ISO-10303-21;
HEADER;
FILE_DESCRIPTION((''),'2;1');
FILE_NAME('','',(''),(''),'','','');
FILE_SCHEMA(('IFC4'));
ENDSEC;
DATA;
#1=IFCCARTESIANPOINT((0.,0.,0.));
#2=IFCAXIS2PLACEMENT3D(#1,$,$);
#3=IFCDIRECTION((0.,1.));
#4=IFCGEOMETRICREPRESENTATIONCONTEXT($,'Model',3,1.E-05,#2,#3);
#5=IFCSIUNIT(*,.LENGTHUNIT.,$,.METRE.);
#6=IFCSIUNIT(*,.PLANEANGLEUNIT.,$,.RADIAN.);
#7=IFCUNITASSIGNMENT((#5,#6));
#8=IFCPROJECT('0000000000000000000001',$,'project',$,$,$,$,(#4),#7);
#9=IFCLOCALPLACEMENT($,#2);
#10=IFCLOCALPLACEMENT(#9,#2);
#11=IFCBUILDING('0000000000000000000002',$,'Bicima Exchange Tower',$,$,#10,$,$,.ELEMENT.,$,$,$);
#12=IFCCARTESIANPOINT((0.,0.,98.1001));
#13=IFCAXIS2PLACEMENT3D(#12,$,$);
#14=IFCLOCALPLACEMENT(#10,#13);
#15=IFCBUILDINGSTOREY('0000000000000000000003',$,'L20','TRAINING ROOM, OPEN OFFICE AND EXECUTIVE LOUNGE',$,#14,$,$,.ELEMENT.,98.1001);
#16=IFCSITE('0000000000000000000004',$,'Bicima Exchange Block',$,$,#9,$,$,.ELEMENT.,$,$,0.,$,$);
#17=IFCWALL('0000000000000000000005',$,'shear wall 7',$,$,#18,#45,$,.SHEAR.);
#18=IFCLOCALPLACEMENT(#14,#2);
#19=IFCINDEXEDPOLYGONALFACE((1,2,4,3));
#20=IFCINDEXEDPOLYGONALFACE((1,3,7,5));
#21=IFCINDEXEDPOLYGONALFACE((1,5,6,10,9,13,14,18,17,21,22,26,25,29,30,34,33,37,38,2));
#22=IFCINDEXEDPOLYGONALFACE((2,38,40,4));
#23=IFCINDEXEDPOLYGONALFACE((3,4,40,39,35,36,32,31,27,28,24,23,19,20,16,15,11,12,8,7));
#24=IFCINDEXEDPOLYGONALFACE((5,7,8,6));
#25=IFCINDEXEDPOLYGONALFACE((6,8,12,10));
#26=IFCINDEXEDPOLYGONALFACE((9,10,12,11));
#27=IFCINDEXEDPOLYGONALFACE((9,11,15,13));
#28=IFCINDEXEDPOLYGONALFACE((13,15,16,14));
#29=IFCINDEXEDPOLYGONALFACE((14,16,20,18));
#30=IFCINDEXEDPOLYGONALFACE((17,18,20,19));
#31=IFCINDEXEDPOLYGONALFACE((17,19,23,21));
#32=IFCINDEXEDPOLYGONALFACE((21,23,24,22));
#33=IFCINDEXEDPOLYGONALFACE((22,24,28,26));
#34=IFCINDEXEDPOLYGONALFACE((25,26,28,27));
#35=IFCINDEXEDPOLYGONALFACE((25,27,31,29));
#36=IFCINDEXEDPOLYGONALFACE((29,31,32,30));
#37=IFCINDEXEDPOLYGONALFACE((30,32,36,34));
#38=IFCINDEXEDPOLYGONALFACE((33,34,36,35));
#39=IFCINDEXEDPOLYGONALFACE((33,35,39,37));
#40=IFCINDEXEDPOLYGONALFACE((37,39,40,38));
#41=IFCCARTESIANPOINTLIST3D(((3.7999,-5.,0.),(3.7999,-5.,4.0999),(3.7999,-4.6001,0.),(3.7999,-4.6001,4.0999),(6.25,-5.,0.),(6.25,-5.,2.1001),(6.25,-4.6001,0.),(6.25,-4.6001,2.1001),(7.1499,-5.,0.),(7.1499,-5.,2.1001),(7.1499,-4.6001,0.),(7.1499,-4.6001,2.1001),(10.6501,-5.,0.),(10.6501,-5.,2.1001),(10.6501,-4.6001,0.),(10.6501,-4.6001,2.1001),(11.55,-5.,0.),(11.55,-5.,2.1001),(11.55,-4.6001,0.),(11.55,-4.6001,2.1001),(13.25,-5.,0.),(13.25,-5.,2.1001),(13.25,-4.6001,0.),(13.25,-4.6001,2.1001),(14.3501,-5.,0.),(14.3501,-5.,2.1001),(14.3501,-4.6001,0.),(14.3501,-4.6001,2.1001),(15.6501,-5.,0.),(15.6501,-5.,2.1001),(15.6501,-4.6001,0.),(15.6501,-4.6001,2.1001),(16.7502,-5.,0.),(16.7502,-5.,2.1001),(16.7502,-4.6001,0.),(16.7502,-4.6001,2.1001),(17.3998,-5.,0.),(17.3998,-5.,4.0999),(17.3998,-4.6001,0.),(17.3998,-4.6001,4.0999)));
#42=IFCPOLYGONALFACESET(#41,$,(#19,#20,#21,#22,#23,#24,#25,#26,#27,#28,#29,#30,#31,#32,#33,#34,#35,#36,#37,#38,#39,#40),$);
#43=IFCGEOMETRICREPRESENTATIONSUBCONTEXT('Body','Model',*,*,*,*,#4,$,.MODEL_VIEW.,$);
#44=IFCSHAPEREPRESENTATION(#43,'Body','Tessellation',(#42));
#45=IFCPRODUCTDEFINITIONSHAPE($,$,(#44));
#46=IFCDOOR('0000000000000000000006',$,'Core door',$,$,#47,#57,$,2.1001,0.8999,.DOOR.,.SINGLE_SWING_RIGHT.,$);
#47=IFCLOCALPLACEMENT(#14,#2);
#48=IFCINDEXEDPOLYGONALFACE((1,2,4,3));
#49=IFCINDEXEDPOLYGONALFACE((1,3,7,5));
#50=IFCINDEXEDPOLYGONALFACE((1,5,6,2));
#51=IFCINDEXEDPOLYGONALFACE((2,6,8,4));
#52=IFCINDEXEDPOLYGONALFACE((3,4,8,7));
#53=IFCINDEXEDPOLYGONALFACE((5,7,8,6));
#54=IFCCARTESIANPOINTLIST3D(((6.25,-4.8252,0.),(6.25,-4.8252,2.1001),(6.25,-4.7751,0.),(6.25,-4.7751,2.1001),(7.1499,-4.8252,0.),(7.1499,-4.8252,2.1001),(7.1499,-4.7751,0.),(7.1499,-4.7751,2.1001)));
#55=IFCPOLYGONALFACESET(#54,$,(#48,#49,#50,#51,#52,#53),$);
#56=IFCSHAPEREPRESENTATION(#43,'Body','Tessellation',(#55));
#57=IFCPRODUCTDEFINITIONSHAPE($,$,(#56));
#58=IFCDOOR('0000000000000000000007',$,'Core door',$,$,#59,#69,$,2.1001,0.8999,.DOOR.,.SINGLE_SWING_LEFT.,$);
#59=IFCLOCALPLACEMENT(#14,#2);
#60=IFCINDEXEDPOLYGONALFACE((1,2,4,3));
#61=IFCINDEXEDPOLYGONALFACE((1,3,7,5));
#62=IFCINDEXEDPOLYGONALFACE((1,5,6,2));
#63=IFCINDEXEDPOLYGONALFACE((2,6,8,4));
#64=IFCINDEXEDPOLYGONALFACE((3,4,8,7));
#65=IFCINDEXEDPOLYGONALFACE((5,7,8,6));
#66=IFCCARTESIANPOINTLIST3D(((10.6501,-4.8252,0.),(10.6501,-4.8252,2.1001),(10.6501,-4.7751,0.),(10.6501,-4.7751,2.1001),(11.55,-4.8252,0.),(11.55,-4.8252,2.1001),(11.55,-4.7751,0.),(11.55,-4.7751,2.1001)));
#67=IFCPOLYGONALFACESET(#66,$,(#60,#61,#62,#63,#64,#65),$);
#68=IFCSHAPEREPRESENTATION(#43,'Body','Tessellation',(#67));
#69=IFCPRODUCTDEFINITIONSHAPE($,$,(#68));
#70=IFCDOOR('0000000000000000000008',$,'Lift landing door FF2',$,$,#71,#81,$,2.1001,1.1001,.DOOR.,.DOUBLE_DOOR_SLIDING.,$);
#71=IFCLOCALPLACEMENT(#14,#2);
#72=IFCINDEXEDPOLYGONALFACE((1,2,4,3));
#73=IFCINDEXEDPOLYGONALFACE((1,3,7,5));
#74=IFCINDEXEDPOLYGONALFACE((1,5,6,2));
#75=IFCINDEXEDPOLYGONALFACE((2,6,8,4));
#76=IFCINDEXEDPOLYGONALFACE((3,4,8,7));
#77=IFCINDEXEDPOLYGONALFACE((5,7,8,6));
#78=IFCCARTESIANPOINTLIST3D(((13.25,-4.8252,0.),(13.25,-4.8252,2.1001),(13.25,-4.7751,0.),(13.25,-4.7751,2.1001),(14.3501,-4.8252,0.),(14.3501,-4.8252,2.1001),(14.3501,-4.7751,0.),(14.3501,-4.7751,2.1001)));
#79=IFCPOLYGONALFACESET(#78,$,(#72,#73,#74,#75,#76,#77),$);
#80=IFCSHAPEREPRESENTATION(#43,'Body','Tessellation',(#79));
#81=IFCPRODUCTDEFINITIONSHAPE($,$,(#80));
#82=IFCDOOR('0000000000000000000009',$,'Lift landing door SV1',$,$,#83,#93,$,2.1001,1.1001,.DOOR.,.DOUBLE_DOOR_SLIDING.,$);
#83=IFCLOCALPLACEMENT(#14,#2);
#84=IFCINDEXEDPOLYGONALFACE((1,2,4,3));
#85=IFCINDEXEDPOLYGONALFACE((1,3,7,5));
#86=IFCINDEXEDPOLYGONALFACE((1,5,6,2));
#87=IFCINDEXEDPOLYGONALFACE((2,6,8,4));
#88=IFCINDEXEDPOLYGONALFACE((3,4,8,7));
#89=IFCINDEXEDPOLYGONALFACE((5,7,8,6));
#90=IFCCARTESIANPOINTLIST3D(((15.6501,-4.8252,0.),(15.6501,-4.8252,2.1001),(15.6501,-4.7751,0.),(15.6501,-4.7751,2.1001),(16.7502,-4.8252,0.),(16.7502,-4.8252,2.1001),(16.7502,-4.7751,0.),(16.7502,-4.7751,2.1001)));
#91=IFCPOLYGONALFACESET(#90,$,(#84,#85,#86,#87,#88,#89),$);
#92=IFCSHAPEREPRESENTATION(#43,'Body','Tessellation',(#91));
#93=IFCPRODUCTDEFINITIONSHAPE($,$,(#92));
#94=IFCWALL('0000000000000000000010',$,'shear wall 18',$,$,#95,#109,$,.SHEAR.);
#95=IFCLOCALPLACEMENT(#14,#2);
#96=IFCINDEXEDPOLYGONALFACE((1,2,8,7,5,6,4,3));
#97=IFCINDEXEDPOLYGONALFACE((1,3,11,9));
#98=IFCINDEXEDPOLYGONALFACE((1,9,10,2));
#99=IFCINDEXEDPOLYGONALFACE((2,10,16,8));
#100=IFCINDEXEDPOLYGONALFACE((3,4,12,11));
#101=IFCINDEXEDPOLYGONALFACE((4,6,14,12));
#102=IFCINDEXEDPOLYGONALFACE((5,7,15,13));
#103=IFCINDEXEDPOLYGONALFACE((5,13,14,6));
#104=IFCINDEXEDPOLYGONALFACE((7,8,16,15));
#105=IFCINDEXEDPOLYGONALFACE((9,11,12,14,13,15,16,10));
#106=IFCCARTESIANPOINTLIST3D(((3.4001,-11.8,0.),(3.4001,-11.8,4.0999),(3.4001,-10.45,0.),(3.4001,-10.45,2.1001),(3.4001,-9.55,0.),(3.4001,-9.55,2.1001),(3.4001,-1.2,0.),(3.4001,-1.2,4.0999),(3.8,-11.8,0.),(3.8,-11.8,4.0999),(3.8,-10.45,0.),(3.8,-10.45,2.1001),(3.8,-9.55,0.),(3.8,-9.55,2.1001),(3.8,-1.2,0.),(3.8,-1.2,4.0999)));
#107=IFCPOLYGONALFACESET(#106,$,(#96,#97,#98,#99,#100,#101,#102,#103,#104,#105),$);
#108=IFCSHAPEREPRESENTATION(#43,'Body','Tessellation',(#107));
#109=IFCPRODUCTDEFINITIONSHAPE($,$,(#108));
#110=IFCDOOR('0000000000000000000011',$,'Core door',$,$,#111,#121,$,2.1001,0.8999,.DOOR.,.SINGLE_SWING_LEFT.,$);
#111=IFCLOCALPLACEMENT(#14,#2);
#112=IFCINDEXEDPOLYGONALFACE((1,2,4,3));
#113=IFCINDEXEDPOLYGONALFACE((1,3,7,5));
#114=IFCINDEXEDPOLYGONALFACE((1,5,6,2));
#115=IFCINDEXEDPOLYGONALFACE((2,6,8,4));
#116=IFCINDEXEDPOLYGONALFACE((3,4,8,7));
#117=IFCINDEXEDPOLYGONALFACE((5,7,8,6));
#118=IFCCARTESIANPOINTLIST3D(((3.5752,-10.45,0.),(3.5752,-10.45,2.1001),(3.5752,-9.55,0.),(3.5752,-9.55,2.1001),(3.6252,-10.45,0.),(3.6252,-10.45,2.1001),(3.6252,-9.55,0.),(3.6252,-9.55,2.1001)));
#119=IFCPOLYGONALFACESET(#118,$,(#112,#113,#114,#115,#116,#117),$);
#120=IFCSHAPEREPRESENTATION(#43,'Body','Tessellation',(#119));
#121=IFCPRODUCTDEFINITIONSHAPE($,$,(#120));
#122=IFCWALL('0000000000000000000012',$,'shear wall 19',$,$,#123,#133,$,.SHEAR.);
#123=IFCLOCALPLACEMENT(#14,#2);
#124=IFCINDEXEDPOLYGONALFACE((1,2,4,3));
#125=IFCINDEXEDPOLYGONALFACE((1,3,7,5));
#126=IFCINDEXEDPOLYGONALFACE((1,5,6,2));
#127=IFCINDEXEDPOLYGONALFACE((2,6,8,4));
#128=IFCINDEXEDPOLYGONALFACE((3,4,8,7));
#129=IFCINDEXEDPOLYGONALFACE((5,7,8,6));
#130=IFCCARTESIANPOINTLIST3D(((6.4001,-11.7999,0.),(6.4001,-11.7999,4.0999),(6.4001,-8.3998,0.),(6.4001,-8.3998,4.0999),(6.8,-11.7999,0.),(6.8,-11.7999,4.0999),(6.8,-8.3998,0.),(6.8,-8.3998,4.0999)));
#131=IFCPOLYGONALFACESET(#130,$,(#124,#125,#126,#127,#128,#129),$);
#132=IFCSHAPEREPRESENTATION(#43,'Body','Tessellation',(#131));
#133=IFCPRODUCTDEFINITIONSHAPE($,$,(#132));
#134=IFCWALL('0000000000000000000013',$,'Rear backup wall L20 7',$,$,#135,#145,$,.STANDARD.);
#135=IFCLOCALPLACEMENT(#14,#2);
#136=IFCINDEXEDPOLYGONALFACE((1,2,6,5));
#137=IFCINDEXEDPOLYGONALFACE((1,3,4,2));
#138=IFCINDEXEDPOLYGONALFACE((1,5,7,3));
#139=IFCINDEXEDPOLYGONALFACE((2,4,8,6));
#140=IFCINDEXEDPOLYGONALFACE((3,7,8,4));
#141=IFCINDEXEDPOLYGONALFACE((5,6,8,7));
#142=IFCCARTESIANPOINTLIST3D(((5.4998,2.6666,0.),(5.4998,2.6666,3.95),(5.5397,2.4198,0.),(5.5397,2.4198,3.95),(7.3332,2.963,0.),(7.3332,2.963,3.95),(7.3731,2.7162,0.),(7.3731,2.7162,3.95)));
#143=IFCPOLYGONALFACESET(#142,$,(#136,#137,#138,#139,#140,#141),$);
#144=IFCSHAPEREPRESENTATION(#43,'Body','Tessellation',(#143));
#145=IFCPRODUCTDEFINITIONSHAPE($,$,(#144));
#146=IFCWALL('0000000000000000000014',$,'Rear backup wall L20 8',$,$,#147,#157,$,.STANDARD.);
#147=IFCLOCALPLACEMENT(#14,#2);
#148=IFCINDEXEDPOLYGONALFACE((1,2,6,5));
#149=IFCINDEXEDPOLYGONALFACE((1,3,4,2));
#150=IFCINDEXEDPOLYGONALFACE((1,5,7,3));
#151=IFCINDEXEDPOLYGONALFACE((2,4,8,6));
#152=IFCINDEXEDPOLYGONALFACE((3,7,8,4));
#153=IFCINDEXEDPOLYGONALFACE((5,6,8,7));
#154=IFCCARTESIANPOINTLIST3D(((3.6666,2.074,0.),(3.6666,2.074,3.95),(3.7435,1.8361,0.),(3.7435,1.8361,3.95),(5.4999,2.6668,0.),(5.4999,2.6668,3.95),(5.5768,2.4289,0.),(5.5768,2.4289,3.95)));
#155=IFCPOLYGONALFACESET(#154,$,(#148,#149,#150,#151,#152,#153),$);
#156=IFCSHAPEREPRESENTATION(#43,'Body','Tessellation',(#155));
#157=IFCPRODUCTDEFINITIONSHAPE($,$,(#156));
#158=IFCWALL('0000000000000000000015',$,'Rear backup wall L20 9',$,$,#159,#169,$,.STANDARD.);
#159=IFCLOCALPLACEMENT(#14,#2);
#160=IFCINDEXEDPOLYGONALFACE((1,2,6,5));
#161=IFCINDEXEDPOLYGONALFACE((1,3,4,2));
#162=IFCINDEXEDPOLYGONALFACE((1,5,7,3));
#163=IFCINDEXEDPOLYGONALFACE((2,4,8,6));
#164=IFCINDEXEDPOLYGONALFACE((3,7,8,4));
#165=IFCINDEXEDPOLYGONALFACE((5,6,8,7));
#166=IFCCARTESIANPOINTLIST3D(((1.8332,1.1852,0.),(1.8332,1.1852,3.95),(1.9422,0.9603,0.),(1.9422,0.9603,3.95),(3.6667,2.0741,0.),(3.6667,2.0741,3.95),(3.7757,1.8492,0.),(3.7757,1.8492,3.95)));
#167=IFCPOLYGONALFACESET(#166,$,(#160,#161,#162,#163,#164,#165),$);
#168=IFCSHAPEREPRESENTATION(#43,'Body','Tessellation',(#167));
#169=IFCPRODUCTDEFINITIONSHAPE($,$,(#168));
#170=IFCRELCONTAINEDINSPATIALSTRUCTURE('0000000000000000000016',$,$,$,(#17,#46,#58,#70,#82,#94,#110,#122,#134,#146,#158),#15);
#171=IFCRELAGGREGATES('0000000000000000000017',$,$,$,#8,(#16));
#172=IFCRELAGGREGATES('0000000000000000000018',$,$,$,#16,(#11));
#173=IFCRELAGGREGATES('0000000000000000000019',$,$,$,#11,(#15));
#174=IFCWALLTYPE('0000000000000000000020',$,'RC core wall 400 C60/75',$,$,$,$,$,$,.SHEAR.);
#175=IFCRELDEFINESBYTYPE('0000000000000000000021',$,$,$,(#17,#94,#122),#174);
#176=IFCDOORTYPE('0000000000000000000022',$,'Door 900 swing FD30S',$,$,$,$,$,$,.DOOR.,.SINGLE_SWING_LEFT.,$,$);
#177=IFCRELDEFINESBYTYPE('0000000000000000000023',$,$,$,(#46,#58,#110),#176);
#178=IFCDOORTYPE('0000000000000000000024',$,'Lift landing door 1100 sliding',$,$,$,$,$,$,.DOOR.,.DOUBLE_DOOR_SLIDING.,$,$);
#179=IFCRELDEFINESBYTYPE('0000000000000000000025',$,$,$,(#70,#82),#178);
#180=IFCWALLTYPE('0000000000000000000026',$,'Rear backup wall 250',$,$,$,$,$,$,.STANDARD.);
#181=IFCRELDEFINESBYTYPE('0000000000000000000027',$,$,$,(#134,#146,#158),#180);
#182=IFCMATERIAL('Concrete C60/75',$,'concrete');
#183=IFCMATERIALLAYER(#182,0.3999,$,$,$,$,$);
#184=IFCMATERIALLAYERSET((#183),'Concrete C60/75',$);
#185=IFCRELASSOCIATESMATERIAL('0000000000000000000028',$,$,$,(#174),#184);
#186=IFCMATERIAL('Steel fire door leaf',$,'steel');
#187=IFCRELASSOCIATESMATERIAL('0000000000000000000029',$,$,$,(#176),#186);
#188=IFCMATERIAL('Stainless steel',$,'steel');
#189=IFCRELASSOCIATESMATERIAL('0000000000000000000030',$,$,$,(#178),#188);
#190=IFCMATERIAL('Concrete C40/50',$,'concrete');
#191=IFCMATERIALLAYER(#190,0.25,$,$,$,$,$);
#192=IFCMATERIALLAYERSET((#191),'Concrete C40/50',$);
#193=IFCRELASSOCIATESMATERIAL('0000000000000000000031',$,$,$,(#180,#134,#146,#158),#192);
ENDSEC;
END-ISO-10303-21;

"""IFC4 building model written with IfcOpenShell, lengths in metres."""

from ifc_helpers import new_model, si_unit, direction, frame, frame_2d, origin, place, context, subcontext, project, spatial, rectangle, extrude, material, layer, layer_set, layer_usage, type_object, element, fill, save


model = new_model("IFC4")

# Units and contexts
model_context = context("Model", 3, precision=1e-05, world=origin(), true_north=direction((0.0, 1.0)))
body_context = subcontext(model_context, "Body", "Model", "MODEL_VIEW")
ifc_project = project(units=[si_unit("LENGTHUNIT", "METRE"), si_unit("PLANEANGLEUNIT", "RADIAN")], contexts=[model_context])

# Site, building, storey
site_placement = place(None, origin())
site = spatial("IfcSite", under=ifc_project, at=site_placement, Name="Bicima Exchange Block", CompositionType="ELEMENT", RefElevation=0.0)
building_placement = place(site_placement, origin())
building = spatial("IfcBuilding", under=site, at=building_placement, Name="Bicima Exchange Tower", CompositionType="ELEMENT")
storey_placement = place(building_placement, frame((0.0, 0.0, 98.1001)))
storey = spatial("IfcBuildingStorey", under=building, at=storey_placement, Name="L20", Description="TRAINING ROOM, OPEN OFFICE AND EXECUTIVE LOUNGE", CompositionType="ELEMENT", Elevation=98.1001)

# Shared definitions
ifc_material_1 = material(Name="Concrete C60/75", Category="concrete")
ifc_layer_1 = layer(ifc_material_1, 0.3999)
ifc_layer_set_1 = layer_set([ifc_layer_1], Name="Concrete C60/75")
wall_type_1 = type_object("IfcWallType", Name="RC core wall 400 C60/75", PredefinedType="SHEAR", material=ifc_layer_set_1)
ifc_material_2 = material(Name="Steel fire door leaf", Category="steel")
door_type_1 = type_object("IfcDoorType", Name="Door 900 swing FD30S", OperationType="SINGLE_SWING_LEFT", PredefinedType="DOOR", material=ifc_material_2)

# Wall, openings, doors
wall_1_placement = place(storey_placement, frame((3.8, -4.8, 0.0), z_axis=(0.0, 0.0, 1.0), x_axis=(1.0, 0.0, 0.0)))
wall_1 = element("IfcWall", 1, at=wall_1_placement, inside=storey, type_object=wall_type_1, Name="shear wall 7", PredefinedType="SHEAR", context=body_context, shape_type="SweptSolid", body=[
    extrude(rectangle(XDim=13.5999, YDim=0.3999, at=frame_2d((6.7998, 0.0))), origin(), (0.0, 0.0, 1.0), 4.0999),
])
opening_1_placement = place(wall_1_placement, frame((9.45, 0.0, 0.0)))
opening_1 = element("IfcOpeningElement", 2, at=opening_1_placement, cuts=wall_1, PredefinedType="OPENING", context=body_context, shape_type="SweptSolid", body=[
    extrude(rectangle(XDim=1.1001, YDim=2.1001, at=frame_2d((0.55, 1.05))), frame((0.0, 0.2119, 0.0), z_axis=(0.0, -1.0, 0.0), x_axis=(1.0, 0.0, 0.0)), (0.0, 0.0, 1.0), 0.4238),
])
opening_2_placement = place(wall_1_placement, frame((11.8501, 0.0, 0.0)))
opening_2 = element("IfcOpeningElement", 3, at=opening_2_placement, cuts=wall_1, PredefinedType="OPENING", context=body_context, shape_type="SweptSolid", body=[
    extrude(rectangle(XDim=1.1001, YDim=2.1001, at=frame_2d((0.55, 1.05))), frame((0.0, 0.2119, 0.0), z_axis=(0.0, -1.0, 0.0), x_axis=(1.0, 0.0, 0.0)), (0.0, 0.0, 1.0), 0.4238),
])
opening_3_placement = place(wall_1_placement, frame((2.45, 0.0, 0.0)))
opening_3 = element("IfcOpeningElement", 4, at=opening_3_placement, cuts=wall_1, PredefinedType="OPENING", context=body_context, shape_type="SweptSolid", body=[
    extrude(rectangle(XDim=0.8999, YDim=2.1001, at=frame_2d((0.45, 1.05))), frame((0.0, 0.2119, 0.0), z_axis=(0.0, -1.0, 0.0), x_axis=(1.0, 0.0, 0.0)), (0.0, 0.0, 1.0), 0.4238),
])
opening_4_placement = place(wall_1_placement, frame((6.8501, 0.0, 0.0)))
opening_4 = element("IfcOpeningElement", 5, at=opening_4_placement, cuts=wall_1, PredefinedType="OPENING", context=body_context, shape_type="SweptSolid", body=[
    extrude(rectangle(XDim=0.8999, YDim=2.1001, at=frame_2d((0.45, 1.05))), frame((0.0, 0.2119, 0.0), z_axis=(0.0, -1.0, 0.0), x_axis=(1.0, 0.0, 0.0)), (0.0, 0.0, 1.0), 0.4238),
])
door_1_placement = place(opening_3_placement, origin())
door_1 = element("IfcDoor", 6, at=door_1_placement, inside=storey, type_object=door_type_1, Name="Core door", OperationType="SINGLE_SWING_RIGHT", OverallHeight=2.1001, OverallWidth=0.8999, PredefinedType="DOOR", context=body_context, shape_type="SweptSolid", body=[
    extrude(rectangle(XDim=0.8999, YDim=2.1001, at=frame_2d((0.45, 1.05))), frame((0.0, 0.0249, 0.0), z_axis=(0.0, -1.0, 0.0), x_axis=(1.0, 0.0, 0.0)), (0.0, 0.0, 1.0), 0.05),
])
fill(opening_3, door_1)
door_2_placement = place(opening_4_placement, origin())
door_2 = element("IfcDoor", 7, at=door_2_placement, inside=storey, type_object=door_type_1, Name="Core door", OperationType="SINGLE_SWING_LEFT", OverallHeight=2.1001, OverallWidth=0.8999, PredefinedType="DOOR", context=body_context, shape_type="SweptSolid", body=[
    extrude(rectangle(XDim=0.8999, YDim=2.1001, at=frame_2d((0.45, 1.05))), frame((0.0, 0.0249, 0.0), z_axis=(0.0, -1.0, 0.0), x_axis=(1.0, 0.0, 0.0)), (0.0, 0.0, 1.0), 0.05),
])
fill(opening_4, door_2)
ifc_material_3 = material(Name="Stainless steel", Category="steel")
door_type_2 = type_object("IfcDoorType", Name="Lift landing door 1100 sliding", OperationType="DOUBLE_DOOR_SLIDING", PredefinedType="DOOR", material=ifc_material_3)
door_3_placement = place(opening_1_placement, origin())
door_3 = element("IfcDoor", 8, at=door_3_placement, inside=storey, type_object=door_type_2, Name="Lift landing door FF2", OperationType="DOUBLE_DOOR_SLIDING", OverallHeight=2.1001, OverallWidth=1.1001, PredefinedType="DOOR", context=body_context, shape_type="SweptSolid", body=[
    extrude(rectangle(XDim=1.1001, YDim=2.1001, at=frame_2d((0.55, 1.05))), frame((0.0, 0.0249, 0.0), z_axis=(0.0, -1.0, 0.0), x_axis=(1.0, 0.0, 0.0)), (0.0, 0.0, 1.0), 0.05),
])
fill(opening_1, door_3)
door_4_placement = place(opening_2_placement, origin())
door_4 = element("IfcDoor", 9, at=door_4_placement, inside=storey, type_object=door_type_2, Name="Lift landing door SV1", OperationType="DOUBLE_DOOR_SLIDING", OverallHeight=2.1001, OverallWidth=1.1001, PredefinedType="DOOR", context=body_context, shape_type="SweptSolid", body=[
    extrude(rectangle(XDim=1.1001, YDim=2.1001, at=frame_2d((0.55, 1.05))), frame((0.0, 0.0249, 0.0), z_axis=(0.0, -1.0, 0.0), x_axis=(1.0, 0.0, 0.0)), (0.0, 0.0, 1.0), 0.05),
])
fill(opening_2, door_4)

# Wall, opening, door
wall_2_placement = place(storey_placement, frame((3.6001, -11.8, 0.0), z_axis=(0.0, 0.0, 1.0), x_axis=(0.0, 1.0, 0.0)))
wall_2 = element("IfcWall", 10, at=wall_2_placement, inside=storey, type_object=wall_type_1, Name="shear wall 18", PredefinedType="SHEAR", context=body_context, shape_type="SweptSolid", body=[
    extrude(rectangle(XDim=10.6001, YDim=0.3999, at=frame_2d((5.3, 0.0))), origin(), (0.0, 0.0, 1.0), 4.0999),
])
opening_5_placement = place(wall_2_placement, frame((1.3501, 0.0, 0.0)))
opening_5 = element("IfcOpeningElement", 11, at=opening_5_placement, cuts=wall_2, PredefinedType="OPENING", context=body_context, shape_type="SweptSolid", body=[
    extrude(rectangle(XDim=0.8999, YDim=2.1001, at=frame_2d((0.45, 1.05))), frame((0.0, 0.2119, 0.0), z_axis=(0.0, -1.0, 0.0), x_axis=(1.0, 0.0, 0.0)), (0.0, 0.0, 1.0), 0.4238),
])
door_5_placement = place(opening_5_placement, origin())
door_5 = element("IfcDoor", 12, at=door_5_placement, inside=storey, type_object=door_type_1, Name="Core door", OperationType="SINGLE_SWING_LEFT", OverallHeight=2.1001, OverallWidth=0.8999, PredefinedType="DOOR", context=body_context, shape_type="SweptSolid", body=[
    extrude(rectangle(XDim=0.8999, YDim=2.1001, at=frame_2d((0.45, 1.05))), frame((0.0, 0.0249, 0.0), z_axis=(0.0, -1.0, 0.0), x_axis=(1.0, 0.0, 0.0)), (0.0, 0.0, 1.0), 0.05),
])
fill(opening_5, door_5)

# Walls
wall_3_placement = place(storey_placement, frame((6.6001, -11.8, 0.0), z_axis=(0.0, 0.0, 1.0), x_axis=(0.0, 1.0, 0.0)))
element("IfcWall", 13, at=wall_3_placement, inside=storey, type_object=wall_type_1, Name="shear wall 19", PredefinedType="SHEAR", context=body_context, shape_type="SweptSolid", body=[
    extrude(rectangle(XDim=3.4001, YDim=0.3999, at=frame_2d((1.7002, 0.0))), origin(), (0.0, 0.0, 1.0), 4.0999),
])
ifc_material_4 = material(Name="Concrete C40/50", Category="concrete")
ifc_layer_2 = layer(ifc_material_4, 0.25)
ifc_layer_set_2 = layer_set([ifc_layer_2], Name="Concrete C40/50")
ifc_layer_usage = layer_usage(ifc_layer_set_2, "AXIS2", "POSITIVE", -0.125)
wall_type_2 = type_object("IfcWallType", Name="Rear backup wall 250", PredefinedType="STANDARD", material=ifc_layer_set_2)
wall_4_placement = place(storey_placement, frame((7.3533, 2.8396, 0.0), z_axis=(0.0, 0.0, 1.0), x_axis=(-0.987182, -0.1596, 0.0)))
element("IfcWall", 14, at=wall_4_placement, inside=storey, type_object=wall_type_2, material=ifc_layer_usage, Name="Rear backup wall L20 7", PredefinedType="STANDARD", context=body_context, shape_type="SweptSolid", body=[
    extrude(rectangle(XDim=1.8572, YDim=0.25, at=frame_2d((0.9287, 0.0))), origin(), (0.0, 0.0, 1.0), 3.95),
])
wall_5_placement = place(storey_placement, frame((5.5383, 2.5479, 0.0), z_axis=(0.0, 0.0, 1.0), x_axis=(-0.951496, -0.307662, 0.0)))
element("IfcWall", 15, at=wall_5_placement, inside=storey, type_object=wall_type_2, material=ifc_layer_usage, Name="Rear backup wall L20 8", PredefinedType="STANDARD", context=body_context, shape_type="SweptSolid", body=[
    extrude(rectangle(XDim=1.9268, YDim=0.25, at=frame_2d((0.9634, 0.0))), origin(), (0.0, 0.0, 1.0), 3.95),
])
wall_6_placement = place(storey_placement, frame((3.7212, 1.9617, 0.0), z_axis=(0.0, 0.0, 1.0), x_axis=(-0.899824, -0.436253, 0.0)))
element("IfcWall", 16, at=wall_6_placement, inside=storey, type_object=wall_type_2, material=ifc_layer_usage, Name="Rear backup wall L20 9", PredefinedType="STANDARD", context=body_context, shape_type="SweptSolid", body=[
    extrude(rectangle(XDim=2.0376, YDim=0.25, at=frame_2d((1.0188, 0.0))), origin(), (0.0, 0.0, 1.0), 3.95),
])

save(model, "model.ifc")
